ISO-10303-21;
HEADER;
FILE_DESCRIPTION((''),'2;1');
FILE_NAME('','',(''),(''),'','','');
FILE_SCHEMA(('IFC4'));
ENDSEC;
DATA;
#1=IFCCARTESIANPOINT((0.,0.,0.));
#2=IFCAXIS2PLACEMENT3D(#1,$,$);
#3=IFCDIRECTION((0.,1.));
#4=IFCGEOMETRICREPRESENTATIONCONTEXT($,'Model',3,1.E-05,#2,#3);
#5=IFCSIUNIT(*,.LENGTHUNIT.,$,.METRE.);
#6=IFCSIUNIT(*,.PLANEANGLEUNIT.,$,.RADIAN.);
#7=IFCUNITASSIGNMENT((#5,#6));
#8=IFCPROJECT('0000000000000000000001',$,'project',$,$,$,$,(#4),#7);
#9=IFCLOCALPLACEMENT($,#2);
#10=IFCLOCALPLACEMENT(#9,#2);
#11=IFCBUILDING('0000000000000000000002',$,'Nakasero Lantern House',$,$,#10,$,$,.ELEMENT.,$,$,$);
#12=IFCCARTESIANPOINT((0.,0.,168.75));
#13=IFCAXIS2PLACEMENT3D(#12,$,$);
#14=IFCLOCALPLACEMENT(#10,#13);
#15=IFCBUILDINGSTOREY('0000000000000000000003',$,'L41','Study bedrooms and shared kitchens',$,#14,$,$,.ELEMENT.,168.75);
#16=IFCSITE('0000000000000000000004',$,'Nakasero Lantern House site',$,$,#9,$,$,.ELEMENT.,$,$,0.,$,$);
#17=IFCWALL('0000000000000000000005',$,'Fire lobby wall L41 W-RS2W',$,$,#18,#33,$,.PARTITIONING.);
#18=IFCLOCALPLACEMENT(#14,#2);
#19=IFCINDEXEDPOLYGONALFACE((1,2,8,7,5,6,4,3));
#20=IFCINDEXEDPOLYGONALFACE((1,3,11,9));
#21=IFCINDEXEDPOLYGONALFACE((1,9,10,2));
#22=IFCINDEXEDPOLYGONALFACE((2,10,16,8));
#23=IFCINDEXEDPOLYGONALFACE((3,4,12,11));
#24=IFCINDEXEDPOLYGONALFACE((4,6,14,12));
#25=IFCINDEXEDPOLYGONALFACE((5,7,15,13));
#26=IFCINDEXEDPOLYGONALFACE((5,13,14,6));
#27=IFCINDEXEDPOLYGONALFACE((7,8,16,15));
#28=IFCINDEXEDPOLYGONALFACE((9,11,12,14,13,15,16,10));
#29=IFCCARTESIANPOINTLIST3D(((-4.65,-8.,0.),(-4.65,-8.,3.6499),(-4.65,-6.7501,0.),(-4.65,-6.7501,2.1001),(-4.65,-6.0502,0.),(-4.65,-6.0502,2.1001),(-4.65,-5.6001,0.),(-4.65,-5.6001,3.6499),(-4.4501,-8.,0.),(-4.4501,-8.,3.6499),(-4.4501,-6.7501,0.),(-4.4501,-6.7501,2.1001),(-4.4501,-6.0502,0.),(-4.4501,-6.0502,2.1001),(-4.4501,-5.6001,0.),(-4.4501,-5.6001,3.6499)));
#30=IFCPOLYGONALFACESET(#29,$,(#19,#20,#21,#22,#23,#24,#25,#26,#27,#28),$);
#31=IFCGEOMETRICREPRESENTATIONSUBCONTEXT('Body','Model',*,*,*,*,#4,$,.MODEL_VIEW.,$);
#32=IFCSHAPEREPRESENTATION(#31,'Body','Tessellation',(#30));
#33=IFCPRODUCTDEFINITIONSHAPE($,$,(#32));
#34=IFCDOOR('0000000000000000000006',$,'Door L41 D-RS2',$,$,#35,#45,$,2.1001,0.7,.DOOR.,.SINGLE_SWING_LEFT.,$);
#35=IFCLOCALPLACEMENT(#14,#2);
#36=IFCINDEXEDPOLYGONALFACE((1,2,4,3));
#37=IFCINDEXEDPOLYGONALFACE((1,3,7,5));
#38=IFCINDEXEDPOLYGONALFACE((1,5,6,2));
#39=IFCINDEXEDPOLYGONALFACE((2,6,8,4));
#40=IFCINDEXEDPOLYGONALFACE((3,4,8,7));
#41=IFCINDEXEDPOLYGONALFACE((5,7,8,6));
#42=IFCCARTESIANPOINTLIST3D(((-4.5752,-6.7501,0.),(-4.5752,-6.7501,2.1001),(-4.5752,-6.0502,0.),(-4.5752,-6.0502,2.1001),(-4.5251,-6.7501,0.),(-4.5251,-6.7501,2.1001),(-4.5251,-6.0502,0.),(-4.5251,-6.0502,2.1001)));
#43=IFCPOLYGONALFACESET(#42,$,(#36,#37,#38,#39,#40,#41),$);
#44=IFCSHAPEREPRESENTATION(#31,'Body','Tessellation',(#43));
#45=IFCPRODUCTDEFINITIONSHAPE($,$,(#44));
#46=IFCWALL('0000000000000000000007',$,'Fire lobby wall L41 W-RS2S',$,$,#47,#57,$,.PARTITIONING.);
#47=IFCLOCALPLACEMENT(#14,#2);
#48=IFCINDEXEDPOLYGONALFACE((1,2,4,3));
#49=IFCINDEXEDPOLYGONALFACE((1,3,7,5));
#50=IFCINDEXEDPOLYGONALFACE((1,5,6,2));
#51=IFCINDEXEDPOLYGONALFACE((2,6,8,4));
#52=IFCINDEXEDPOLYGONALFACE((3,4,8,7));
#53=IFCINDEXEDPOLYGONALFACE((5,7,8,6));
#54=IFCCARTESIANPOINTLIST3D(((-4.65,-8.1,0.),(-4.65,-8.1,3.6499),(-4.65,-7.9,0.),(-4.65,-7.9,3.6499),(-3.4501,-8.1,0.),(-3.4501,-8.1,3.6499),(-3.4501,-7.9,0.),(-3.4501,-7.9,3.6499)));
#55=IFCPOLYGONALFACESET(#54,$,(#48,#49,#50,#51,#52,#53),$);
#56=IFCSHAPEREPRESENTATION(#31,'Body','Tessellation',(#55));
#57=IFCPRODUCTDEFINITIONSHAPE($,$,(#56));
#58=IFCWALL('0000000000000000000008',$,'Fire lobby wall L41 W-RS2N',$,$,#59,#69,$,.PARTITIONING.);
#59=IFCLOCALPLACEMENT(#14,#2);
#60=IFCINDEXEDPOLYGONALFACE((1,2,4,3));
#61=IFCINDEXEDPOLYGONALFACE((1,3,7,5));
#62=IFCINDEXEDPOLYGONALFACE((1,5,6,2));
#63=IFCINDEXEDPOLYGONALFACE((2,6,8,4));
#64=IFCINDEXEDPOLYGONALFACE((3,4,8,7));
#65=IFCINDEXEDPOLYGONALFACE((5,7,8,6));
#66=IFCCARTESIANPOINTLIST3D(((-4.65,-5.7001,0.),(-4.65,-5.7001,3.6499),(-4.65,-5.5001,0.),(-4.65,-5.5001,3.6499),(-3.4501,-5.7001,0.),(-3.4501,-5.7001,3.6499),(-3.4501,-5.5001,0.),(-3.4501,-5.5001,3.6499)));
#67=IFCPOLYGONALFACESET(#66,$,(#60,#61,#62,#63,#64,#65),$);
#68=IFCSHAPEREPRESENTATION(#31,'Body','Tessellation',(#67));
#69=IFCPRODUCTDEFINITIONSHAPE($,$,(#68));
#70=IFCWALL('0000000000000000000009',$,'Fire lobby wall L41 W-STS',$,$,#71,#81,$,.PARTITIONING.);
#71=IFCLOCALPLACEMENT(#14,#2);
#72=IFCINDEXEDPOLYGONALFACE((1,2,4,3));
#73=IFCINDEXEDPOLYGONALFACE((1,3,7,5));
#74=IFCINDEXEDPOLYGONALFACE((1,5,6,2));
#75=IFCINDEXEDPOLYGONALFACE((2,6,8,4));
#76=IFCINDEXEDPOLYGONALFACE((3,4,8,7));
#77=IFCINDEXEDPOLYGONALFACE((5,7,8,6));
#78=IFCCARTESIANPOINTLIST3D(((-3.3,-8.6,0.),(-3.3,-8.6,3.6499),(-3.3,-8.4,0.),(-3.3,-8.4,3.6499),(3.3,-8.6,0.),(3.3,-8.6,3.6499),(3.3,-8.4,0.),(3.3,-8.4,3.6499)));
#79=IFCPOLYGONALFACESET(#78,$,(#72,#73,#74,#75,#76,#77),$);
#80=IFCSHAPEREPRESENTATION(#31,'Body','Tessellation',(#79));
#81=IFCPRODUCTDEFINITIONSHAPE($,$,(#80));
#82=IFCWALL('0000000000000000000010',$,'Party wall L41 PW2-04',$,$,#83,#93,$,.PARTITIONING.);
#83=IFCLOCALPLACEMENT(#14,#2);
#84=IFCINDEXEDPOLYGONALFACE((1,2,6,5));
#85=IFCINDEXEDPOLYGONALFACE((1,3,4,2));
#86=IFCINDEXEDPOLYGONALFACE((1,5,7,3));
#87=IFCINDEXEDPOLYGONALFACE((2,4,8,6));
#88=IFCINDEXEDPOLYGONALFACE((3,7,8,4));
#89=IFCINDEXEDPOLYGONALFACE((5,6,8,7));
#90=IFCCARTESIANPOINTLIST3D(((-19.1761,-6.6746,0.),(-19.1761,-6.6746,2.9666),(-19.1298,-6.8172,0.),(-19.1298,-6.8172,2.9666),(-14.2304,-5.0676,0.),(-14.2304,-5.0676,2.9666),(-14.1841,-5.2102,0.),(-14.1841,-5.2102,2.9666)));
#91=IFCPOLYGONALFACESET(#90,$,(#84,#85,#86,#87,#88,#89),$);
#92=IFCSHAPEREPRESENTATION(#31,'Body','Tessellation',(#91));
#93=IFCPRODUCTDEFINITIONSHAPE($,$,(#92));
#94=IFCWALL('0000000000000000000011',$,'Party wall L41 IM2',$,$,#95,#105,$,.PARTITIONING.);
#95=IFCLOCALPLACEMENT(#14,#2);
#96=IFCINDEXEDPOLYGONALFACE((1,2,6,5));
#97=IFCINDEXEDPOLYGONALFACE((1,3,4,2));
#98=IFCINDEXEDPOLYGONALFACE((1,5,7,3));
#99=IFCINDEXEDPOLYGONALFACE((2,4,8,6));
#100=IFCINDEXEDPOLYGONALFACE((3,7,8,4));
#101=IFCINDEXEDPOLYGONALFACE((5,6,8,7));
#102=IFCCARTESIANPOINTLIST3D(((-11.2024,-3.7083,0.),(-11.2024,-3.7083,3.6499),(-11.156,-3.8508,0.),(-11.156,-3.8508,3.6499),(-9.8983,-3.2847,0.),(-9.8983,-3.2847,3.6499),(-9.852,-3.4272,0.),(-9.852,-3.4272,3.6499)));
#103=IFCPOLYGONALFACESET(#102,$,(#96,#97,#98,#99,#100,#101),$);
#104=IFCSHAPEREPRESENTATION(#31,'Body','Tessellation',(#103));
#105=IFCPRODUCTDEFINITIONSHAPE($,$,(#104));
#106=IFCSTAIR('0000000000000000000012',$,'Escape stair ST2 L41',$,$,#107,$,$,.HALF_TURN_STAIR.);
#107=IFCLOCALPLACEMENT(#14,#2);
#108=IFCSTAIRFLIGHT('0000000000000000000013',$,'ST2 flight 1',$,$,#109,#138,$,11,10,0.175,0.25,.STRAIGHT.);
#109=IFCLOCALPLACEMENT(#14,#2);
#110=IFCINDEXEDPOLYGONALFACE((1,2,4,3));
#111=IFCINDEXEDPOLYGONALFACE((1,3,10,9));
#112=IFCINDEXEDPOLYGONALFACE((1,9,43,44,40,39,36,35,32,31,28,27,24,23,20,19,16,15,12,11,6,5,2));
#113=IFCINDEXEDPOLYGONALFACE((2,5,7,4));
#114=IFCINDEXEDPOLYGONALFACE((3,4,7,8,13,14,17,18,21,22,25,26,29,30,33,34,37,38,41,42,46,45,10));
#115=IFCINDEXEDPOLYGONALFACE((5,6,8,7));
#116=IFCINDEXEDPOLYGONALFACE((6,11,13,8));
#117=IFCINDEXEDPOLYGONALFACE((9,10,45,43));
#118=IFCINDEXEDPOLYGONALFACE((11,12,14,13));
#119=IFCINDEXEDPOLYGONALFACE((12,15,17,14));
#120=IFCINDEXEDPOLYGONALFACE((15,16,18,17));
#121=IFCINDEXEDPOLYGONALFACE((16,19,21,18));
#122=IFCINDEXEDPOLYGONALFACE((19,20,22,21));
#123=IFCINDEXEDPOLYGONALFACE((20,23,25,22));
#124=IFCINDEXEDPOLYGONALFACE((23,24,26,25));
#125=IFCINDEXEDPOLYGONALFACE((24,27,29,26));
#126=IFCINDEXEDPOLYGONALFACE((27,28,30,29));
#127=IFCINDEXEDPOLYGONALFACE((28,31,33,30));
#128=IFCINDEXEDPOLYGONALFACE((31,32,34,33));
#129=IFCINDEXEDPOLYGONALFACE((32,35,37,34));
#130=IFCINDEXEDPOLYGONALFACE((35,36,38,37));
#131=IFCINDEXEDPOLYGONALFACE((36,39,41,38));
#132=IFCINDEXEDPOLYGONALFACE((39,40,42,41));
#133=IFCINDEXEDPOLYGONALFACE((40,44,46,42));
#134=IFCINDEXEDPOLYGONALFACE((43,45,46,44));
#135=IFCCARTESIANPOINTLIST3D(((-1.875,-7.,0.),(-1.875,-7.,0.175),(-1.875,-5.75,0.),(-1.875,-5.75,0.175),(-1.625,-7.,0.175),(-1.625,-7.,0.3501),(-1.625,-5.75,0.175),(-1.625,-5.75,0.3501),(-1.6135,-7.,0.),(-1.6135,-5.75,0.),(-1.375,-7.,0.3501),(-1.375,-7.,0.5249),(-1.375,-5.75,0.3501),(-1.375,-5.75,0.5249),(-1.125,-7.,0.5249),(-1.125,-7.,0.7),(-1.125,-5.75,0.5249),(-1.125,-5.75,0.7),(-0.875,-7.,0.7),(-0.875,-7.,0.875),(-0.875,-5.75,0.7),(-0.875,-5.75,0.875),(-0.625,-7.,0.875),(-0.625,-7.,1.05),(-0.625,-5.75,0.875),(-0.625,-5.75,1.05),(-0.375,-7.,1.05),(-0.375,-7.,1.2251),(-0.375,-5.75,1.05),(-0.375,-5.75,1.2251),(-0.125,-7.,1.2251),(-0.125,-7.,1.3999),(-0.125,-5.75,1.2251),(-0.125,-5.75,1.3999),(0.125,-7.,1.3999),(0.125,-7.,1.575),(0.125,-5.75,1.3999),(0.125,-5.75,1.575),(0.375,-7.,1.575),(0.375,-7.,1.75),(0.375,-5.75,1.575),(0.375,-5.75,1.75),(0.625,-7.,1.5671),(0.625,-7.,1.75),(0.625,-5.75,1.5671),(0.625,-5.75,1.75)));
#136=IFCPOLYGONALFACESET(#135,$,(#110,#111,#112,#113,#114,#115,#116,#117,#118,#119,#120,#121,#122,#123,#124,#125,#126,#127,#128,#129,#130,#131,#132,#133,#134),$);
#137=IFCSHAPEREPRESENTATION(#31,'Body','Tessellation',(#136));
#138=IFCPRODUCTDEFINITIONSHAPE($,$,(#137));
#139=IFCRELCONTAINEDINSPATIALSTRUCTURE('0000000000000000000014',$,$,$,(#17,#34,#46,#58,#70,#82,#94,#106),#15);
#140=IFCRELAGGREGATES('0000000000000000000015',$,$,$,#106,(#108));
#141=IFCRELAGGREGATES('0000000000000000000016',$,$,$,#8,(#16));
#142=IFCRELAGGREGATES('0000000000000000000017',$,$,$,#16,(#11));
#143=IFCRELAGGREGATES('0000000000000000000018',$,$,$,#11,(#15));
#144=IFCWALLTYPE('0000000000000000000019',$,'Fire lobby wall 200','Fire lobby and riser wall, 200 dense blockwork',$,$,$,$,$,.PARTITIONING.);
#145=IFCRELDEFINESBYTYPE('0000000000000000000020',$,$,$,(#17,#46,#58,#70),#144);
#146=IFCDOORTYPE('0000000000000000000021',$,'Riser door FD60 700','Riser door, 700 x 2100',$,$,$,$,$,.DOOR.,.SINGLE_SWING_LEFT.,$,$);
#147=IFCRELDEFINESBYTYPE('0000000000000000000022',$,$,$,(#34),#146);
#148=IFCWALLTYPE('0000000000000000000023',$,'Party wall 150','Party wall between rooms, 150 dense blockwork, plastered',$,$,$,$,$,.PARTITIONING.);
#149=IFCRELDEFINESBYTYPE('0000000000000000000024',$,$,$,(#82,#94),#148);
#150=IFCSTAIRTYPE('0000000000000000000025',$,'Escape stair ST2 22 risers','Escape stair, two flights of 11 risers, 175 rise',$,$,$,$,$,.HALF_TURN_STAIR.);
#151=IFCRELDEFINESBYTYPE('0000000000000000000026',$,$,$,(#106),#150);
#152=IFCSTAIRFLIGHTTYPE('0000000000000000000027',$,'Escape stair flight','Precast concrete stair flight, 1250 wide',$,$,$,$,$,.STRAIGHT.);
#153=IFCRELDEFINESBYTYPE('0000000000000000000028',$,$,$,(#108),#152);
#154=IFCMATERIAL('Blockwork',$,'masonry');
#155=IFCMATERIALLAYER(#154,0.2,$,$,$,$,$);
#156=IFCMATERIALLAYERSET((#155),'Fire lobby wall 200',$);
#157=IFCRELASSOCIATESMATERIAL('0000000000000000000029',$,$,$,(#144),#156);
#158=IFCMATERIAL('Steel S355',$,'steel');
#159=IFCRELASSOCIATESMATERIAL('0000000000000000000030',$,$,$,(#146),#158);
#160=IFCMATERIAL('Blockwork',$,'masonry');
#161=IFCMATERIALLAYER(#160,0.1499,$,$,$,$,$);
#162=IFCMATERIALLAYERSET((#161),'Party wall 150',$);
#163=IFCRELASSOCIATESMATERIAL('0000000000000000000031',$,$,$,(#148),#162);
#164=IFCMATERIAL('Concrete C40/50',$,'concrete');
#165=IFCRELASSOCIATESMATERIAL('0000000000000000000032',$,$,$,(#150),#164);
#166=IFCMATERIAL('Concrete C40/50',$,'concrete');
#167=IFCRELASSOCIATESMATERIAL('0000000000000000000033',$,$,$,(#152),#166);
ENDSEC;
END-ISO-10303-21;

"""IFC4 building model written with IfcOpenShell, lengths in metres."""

from ifc_helpers import new_model, si_unit, direction, frame, frame_2d, origin, place, context, subcontext, project, spatial, polyline, rectangle, outline, extrude, material, layer, layer_set, type_object, element, fill, aggregate, save


model = new_model("IFC4")

# Units and contexts
model_context = context("Model", 3, precision=1e-05, world=origin(), true_north=direction((0.0, 1.0)))
body_context = subcontext(model_context, "Body", "Model", "MODEL_VIEW")
ifc_project = project(units=[si_unit("LENGTHUNIT", "METRE"), si_unit("PLANEANGLEUNIT", "RADIAN")], contexts=[model_context])

# Site, building, storey
site_placement = place(None, origin())
site = spatial("IfcSite", under=ifc_project, at=site_placement, Name="Nakasero Lantern House site", CompositionType="ELEMENT", RefElevation=0.0)
building_placement = place(site_placement, origin())
building = spatial("IfcBuilding", under=site, at=building_placement, Name="Nakasero Lantern House", CompositionType="ELEMENT")
storey_placement = place(building_placement, frame((0.0, 0.0, 168.75)))
storey = spatial("IfcBuildingStorey", under=building, at=storey_placement, Name="L41", Description="Study bedrooms and shared kitchens", CompositionType="ELEMENT", Elevation=168.75)

# Wall, opening, door
ifc_material_1 = material(Name="Blockwork", Category="masonry")
ifc_layer_1 = layer(ifc_material_1, 0.2)
ifc_layer_set_1 = layer_set([ifc_layer_1], Name="Fire lobby wall 200")
wall_type_1 = type_object("IfcWallType", Name="Fire lobby wall 200", Description="Fire lobby and riser wall, 200 dense blockwork", PredefinedType="PARTITIONING", material=ifc_layer_set_1)
wall_1_placement = place(storey_placement, frame((-4.55, -5.6001, 0.0), z_axis=(0.0, 0.0, 1.0), x_axis=(0.0, -1.0, 0.0)))
wall_1 = element("IfcWall", 1, at=wall_1_placement, inside=storey, type_object=wall_type_1, Name="Fire lobby wall L41 W-RS2W", PredefinedType="PARTITIONING", context=body_context, shape_type="SweptSolid", body=[
    extrude(rectangle(XDim=2.3999, YDim=0.2, at=frame_2d((1.2, 0.0))), origin(), (0.0, 0.0, 1.0), 3.6499),
])
opening_1_placement = place(wall_1_placement, frame((0.45, 0.0, 0.0)))
opening_1 = element("IfcOpeningElement", 2, at=opening_1_placement, cuts=wall_1, PredefinedType="OPENING", context=body_context, shape_type="SweptSolid", body=[
    extrude(rectangle(XDim=0.7, YDim=2.1001, at=frame_2d((0.3501, 1.05))), frame((0.0, 0.1199, 0.0), z_axis=(0.0, -1.0, 0.0), x_axis=(1.0, 0.0, 0.0)), (0.0, 0.0, 1.0), 0.24),
])
ifc_material_2 = material(Name="Steel S355", Category="steel")
door_type_1 = type_object("IfcDoorType", Name="Riser door FD60 700", Description="Riser door, 700 x 2100", OperationType="SINGLE_SWING_LEFT", PredefinedType="DOOR", material=ifc_material_2)
door_1_placement = place(opening_1_placement, origin())
door_1 = element("IfcDoor", 3, at=door_1_placement, inside=storey, type_object=door_type_1, Name="Door L41 D-RS2", OperationType="SINGLE_SWING_LEFT", OverallHeight=2.1001, OverallWidth=0.7, PredefinedType="DOOR", context=body_context, shape_type="SweptSolid", body=[
    extrude(rectangle(XDim=0.7, YDim=2.1001, at=frame_2d((0.3501, 1.05))), frame((0.0, 0.0249, 0.0), z_axis=(0.0, -1.0, 0.0), x_axis=(1.0, 0.0, 0.0)), (0.0, 0.0, 1.0), 0.05),
])
fill(opening_1, door_1)

# Walls
for number, where, z_axis, x_axis, name in (
    (4, (-3.45, -8.0, 0.0), (0.0, 0.0, 1.0), (-1.0, 0.0, 0.0), "Fire lobby wall L41 W-RS2S"),
    (5, (-3.45, -5.6001, 0.0), (0.0, 0.0, 1.0), (-1.0, 0.0, 0.0), "Fire lobby wall L41 W-RS2N"),
):
    element("IfcWall", number, at=place(storey_placement, frame(where, z_axis=z_axis, x_axis=x_axis)), inside=storey, type_object=wall_type_1, Name=name, PredefinedType="PARTITIONING", context=body_context, shape_type="SweptSolid", body=[
        extrude(rectangle(XDim=1.2, YDim=0.2, at=frame_2d((0.6001, 0.0))), origin(), (0.0, 0.0, 1.0), 3.6499),
    ])
wall_2_placement = place(storey_placement, frame((-3.3, -8.5, 0.0), z_axis=(0.0, 0.0, 1.0), x_axis=(1.0, 0.0, 0.0)))
element("IfcWall", 6, at=wall_2_placement, inside=storey, type_object=wall_type_1, Name="Fire lobby wall L41 W-STS", PredefinedType="PARTITIONING", context=body_context, shape_type="SweptSolid", body=[
    extrude(rectangle(XDim=6.6001, YDim=0.2, at=frame_2d((3.3, 0.0))), origin(), (0.0, 0.0, 1.0), 3.6499),
])
ifc_material_3 = material(Name="Blockwork", Category="masonry")
ifc_layer_2 = layer(ifc_material_3, 0.1499)
ifc_layer_set_2 = layer_set([ifc_layer_2], Name="Party wall 150")
wall_type_2 = type_object("IfcWallType", Name="Party wall 150", Description="Party wall between rooms, 150 dense blockwork, plastered", PredefinedType="PARTITIONING", material=ifc_layer_set_2)
wall_3_placement = place(storey_placement, frame((-14.2073, -5.1389, 0.0), z_axis=(0.0, 0.0, 1.0), x_axis=(-0.951055, -0.309021, 0.0)))
element("IfcWall", 7, at=wall_3_placement, inside=storey, type_object=wall_type_2, Name="Party wall L41 PW2-04", PredefinedType="PARTITIONING", context=body_context, shape_type="SweptSolid", body=[
    extrude(rectangle(XDim=5.2002, YDim=0.1499, at=frame_2d((2.6001, 0.0))), origin(), (0.0, 0.0, 1.0), 2.9666),
])
wall_4_placement = place(storey_placement, frame((-11.1792, -3.7795, 0.0), z_axis=(0.0, 0.0, 1.0), x_axis=(0.951077, 0.308953, 0.0)))
element("IfcWall", 8, at=wall_4_placement, inside=storey, type_object=wall_type_2, Name="Party wall L41 IM2", PredefinedType="PARTITIONING", context=body_context, shape_type="SweptSolid", body=[
    extrude(rectangle(XDim=1.3711, YDim=0.1499, at=frame_2d((0.6855, 0.0))), origin(), (0.0, 0.0, 1.0), 3.6499),
])

# Stair, stair flight
ifc_material_4 = material(Name="Concrete C40/50", Category="concrete")
stair_type = type_object("IfcStairType", Name="Escape stair ST2 22 risers", Description="Escape stair, two flights of 11 risers, 175 rise", PredefinedType="HALF_TURN_STAIR", material=ifc_material_4)
stair_placement = place(storey_placement, origin())
stair = element("IfcStair", 9, at=stair_placement, inside=storey, type_object=stair_type, Name="Escape stair ST2 L41", PredefinedType="HALF_TURN_STAIR")
ifc_material_5 = material(Name="Concrete C40/50", Category="concrete")
stair_flight_type = type_object("IfcStairFlightType", Name="Escape stair flight", Description="Precast concrete stair flight, 1250 wide", PredefinedType="STRAIGHT", material=ifc_material_5)
stair_flight_placement = place(storey_placement, frame((-1.875, -6.375, 0.0), z_axis=(0.0, 0.0, 1.0), x_axis=(1.0, 0.0, 0.0)))
stair_flight = element("IfcStairFlight", 10, at=stair_flight_placement, type_object=stair_flight_type, Name="ST2 flight 1", NumberOfRisers=11, NumberOfTreads=10, PredefinedType="STRAIGHT", RiserHeight=0.175, TreadLength=0.25, context=body_context, shape_type="SweptSolid", body=[
    extrude(outline(polyline([(0.0, 0.0), (0.0, 0.175), (0.25, 0.175), (0.25, 0.3501), (0.5, 0.3501), (0.5, 0.5249), (0.75, 0.5249), (0.75, 0.7), (1.0, 0.7), (1.0, 0.875), (1.25, 0.875), (1.25, 1.05), (1.5, 1.05), (1.5, 1.2251), (1.75, 1.2251), (1.75, 1.3999), (2.0, 1.3999), (2.0, 1.575), (2.25, 1.575), (2.25, 1.75), (2.5, 1.75), (2.5, 1.925), (2.5, 1.5671), (0.2615, 0.0), (0.0, 0.0)])), frame((0.0, 0.625, 0.0), z_axis=(0.0, -1.0, 0.0), x_axis=(1.0, 0.0, 0.0)), (0.0, 0.0, 1.0), 1.25),
])
aggregate(stair, [stair_flight])

save(model, "model.ifc")
